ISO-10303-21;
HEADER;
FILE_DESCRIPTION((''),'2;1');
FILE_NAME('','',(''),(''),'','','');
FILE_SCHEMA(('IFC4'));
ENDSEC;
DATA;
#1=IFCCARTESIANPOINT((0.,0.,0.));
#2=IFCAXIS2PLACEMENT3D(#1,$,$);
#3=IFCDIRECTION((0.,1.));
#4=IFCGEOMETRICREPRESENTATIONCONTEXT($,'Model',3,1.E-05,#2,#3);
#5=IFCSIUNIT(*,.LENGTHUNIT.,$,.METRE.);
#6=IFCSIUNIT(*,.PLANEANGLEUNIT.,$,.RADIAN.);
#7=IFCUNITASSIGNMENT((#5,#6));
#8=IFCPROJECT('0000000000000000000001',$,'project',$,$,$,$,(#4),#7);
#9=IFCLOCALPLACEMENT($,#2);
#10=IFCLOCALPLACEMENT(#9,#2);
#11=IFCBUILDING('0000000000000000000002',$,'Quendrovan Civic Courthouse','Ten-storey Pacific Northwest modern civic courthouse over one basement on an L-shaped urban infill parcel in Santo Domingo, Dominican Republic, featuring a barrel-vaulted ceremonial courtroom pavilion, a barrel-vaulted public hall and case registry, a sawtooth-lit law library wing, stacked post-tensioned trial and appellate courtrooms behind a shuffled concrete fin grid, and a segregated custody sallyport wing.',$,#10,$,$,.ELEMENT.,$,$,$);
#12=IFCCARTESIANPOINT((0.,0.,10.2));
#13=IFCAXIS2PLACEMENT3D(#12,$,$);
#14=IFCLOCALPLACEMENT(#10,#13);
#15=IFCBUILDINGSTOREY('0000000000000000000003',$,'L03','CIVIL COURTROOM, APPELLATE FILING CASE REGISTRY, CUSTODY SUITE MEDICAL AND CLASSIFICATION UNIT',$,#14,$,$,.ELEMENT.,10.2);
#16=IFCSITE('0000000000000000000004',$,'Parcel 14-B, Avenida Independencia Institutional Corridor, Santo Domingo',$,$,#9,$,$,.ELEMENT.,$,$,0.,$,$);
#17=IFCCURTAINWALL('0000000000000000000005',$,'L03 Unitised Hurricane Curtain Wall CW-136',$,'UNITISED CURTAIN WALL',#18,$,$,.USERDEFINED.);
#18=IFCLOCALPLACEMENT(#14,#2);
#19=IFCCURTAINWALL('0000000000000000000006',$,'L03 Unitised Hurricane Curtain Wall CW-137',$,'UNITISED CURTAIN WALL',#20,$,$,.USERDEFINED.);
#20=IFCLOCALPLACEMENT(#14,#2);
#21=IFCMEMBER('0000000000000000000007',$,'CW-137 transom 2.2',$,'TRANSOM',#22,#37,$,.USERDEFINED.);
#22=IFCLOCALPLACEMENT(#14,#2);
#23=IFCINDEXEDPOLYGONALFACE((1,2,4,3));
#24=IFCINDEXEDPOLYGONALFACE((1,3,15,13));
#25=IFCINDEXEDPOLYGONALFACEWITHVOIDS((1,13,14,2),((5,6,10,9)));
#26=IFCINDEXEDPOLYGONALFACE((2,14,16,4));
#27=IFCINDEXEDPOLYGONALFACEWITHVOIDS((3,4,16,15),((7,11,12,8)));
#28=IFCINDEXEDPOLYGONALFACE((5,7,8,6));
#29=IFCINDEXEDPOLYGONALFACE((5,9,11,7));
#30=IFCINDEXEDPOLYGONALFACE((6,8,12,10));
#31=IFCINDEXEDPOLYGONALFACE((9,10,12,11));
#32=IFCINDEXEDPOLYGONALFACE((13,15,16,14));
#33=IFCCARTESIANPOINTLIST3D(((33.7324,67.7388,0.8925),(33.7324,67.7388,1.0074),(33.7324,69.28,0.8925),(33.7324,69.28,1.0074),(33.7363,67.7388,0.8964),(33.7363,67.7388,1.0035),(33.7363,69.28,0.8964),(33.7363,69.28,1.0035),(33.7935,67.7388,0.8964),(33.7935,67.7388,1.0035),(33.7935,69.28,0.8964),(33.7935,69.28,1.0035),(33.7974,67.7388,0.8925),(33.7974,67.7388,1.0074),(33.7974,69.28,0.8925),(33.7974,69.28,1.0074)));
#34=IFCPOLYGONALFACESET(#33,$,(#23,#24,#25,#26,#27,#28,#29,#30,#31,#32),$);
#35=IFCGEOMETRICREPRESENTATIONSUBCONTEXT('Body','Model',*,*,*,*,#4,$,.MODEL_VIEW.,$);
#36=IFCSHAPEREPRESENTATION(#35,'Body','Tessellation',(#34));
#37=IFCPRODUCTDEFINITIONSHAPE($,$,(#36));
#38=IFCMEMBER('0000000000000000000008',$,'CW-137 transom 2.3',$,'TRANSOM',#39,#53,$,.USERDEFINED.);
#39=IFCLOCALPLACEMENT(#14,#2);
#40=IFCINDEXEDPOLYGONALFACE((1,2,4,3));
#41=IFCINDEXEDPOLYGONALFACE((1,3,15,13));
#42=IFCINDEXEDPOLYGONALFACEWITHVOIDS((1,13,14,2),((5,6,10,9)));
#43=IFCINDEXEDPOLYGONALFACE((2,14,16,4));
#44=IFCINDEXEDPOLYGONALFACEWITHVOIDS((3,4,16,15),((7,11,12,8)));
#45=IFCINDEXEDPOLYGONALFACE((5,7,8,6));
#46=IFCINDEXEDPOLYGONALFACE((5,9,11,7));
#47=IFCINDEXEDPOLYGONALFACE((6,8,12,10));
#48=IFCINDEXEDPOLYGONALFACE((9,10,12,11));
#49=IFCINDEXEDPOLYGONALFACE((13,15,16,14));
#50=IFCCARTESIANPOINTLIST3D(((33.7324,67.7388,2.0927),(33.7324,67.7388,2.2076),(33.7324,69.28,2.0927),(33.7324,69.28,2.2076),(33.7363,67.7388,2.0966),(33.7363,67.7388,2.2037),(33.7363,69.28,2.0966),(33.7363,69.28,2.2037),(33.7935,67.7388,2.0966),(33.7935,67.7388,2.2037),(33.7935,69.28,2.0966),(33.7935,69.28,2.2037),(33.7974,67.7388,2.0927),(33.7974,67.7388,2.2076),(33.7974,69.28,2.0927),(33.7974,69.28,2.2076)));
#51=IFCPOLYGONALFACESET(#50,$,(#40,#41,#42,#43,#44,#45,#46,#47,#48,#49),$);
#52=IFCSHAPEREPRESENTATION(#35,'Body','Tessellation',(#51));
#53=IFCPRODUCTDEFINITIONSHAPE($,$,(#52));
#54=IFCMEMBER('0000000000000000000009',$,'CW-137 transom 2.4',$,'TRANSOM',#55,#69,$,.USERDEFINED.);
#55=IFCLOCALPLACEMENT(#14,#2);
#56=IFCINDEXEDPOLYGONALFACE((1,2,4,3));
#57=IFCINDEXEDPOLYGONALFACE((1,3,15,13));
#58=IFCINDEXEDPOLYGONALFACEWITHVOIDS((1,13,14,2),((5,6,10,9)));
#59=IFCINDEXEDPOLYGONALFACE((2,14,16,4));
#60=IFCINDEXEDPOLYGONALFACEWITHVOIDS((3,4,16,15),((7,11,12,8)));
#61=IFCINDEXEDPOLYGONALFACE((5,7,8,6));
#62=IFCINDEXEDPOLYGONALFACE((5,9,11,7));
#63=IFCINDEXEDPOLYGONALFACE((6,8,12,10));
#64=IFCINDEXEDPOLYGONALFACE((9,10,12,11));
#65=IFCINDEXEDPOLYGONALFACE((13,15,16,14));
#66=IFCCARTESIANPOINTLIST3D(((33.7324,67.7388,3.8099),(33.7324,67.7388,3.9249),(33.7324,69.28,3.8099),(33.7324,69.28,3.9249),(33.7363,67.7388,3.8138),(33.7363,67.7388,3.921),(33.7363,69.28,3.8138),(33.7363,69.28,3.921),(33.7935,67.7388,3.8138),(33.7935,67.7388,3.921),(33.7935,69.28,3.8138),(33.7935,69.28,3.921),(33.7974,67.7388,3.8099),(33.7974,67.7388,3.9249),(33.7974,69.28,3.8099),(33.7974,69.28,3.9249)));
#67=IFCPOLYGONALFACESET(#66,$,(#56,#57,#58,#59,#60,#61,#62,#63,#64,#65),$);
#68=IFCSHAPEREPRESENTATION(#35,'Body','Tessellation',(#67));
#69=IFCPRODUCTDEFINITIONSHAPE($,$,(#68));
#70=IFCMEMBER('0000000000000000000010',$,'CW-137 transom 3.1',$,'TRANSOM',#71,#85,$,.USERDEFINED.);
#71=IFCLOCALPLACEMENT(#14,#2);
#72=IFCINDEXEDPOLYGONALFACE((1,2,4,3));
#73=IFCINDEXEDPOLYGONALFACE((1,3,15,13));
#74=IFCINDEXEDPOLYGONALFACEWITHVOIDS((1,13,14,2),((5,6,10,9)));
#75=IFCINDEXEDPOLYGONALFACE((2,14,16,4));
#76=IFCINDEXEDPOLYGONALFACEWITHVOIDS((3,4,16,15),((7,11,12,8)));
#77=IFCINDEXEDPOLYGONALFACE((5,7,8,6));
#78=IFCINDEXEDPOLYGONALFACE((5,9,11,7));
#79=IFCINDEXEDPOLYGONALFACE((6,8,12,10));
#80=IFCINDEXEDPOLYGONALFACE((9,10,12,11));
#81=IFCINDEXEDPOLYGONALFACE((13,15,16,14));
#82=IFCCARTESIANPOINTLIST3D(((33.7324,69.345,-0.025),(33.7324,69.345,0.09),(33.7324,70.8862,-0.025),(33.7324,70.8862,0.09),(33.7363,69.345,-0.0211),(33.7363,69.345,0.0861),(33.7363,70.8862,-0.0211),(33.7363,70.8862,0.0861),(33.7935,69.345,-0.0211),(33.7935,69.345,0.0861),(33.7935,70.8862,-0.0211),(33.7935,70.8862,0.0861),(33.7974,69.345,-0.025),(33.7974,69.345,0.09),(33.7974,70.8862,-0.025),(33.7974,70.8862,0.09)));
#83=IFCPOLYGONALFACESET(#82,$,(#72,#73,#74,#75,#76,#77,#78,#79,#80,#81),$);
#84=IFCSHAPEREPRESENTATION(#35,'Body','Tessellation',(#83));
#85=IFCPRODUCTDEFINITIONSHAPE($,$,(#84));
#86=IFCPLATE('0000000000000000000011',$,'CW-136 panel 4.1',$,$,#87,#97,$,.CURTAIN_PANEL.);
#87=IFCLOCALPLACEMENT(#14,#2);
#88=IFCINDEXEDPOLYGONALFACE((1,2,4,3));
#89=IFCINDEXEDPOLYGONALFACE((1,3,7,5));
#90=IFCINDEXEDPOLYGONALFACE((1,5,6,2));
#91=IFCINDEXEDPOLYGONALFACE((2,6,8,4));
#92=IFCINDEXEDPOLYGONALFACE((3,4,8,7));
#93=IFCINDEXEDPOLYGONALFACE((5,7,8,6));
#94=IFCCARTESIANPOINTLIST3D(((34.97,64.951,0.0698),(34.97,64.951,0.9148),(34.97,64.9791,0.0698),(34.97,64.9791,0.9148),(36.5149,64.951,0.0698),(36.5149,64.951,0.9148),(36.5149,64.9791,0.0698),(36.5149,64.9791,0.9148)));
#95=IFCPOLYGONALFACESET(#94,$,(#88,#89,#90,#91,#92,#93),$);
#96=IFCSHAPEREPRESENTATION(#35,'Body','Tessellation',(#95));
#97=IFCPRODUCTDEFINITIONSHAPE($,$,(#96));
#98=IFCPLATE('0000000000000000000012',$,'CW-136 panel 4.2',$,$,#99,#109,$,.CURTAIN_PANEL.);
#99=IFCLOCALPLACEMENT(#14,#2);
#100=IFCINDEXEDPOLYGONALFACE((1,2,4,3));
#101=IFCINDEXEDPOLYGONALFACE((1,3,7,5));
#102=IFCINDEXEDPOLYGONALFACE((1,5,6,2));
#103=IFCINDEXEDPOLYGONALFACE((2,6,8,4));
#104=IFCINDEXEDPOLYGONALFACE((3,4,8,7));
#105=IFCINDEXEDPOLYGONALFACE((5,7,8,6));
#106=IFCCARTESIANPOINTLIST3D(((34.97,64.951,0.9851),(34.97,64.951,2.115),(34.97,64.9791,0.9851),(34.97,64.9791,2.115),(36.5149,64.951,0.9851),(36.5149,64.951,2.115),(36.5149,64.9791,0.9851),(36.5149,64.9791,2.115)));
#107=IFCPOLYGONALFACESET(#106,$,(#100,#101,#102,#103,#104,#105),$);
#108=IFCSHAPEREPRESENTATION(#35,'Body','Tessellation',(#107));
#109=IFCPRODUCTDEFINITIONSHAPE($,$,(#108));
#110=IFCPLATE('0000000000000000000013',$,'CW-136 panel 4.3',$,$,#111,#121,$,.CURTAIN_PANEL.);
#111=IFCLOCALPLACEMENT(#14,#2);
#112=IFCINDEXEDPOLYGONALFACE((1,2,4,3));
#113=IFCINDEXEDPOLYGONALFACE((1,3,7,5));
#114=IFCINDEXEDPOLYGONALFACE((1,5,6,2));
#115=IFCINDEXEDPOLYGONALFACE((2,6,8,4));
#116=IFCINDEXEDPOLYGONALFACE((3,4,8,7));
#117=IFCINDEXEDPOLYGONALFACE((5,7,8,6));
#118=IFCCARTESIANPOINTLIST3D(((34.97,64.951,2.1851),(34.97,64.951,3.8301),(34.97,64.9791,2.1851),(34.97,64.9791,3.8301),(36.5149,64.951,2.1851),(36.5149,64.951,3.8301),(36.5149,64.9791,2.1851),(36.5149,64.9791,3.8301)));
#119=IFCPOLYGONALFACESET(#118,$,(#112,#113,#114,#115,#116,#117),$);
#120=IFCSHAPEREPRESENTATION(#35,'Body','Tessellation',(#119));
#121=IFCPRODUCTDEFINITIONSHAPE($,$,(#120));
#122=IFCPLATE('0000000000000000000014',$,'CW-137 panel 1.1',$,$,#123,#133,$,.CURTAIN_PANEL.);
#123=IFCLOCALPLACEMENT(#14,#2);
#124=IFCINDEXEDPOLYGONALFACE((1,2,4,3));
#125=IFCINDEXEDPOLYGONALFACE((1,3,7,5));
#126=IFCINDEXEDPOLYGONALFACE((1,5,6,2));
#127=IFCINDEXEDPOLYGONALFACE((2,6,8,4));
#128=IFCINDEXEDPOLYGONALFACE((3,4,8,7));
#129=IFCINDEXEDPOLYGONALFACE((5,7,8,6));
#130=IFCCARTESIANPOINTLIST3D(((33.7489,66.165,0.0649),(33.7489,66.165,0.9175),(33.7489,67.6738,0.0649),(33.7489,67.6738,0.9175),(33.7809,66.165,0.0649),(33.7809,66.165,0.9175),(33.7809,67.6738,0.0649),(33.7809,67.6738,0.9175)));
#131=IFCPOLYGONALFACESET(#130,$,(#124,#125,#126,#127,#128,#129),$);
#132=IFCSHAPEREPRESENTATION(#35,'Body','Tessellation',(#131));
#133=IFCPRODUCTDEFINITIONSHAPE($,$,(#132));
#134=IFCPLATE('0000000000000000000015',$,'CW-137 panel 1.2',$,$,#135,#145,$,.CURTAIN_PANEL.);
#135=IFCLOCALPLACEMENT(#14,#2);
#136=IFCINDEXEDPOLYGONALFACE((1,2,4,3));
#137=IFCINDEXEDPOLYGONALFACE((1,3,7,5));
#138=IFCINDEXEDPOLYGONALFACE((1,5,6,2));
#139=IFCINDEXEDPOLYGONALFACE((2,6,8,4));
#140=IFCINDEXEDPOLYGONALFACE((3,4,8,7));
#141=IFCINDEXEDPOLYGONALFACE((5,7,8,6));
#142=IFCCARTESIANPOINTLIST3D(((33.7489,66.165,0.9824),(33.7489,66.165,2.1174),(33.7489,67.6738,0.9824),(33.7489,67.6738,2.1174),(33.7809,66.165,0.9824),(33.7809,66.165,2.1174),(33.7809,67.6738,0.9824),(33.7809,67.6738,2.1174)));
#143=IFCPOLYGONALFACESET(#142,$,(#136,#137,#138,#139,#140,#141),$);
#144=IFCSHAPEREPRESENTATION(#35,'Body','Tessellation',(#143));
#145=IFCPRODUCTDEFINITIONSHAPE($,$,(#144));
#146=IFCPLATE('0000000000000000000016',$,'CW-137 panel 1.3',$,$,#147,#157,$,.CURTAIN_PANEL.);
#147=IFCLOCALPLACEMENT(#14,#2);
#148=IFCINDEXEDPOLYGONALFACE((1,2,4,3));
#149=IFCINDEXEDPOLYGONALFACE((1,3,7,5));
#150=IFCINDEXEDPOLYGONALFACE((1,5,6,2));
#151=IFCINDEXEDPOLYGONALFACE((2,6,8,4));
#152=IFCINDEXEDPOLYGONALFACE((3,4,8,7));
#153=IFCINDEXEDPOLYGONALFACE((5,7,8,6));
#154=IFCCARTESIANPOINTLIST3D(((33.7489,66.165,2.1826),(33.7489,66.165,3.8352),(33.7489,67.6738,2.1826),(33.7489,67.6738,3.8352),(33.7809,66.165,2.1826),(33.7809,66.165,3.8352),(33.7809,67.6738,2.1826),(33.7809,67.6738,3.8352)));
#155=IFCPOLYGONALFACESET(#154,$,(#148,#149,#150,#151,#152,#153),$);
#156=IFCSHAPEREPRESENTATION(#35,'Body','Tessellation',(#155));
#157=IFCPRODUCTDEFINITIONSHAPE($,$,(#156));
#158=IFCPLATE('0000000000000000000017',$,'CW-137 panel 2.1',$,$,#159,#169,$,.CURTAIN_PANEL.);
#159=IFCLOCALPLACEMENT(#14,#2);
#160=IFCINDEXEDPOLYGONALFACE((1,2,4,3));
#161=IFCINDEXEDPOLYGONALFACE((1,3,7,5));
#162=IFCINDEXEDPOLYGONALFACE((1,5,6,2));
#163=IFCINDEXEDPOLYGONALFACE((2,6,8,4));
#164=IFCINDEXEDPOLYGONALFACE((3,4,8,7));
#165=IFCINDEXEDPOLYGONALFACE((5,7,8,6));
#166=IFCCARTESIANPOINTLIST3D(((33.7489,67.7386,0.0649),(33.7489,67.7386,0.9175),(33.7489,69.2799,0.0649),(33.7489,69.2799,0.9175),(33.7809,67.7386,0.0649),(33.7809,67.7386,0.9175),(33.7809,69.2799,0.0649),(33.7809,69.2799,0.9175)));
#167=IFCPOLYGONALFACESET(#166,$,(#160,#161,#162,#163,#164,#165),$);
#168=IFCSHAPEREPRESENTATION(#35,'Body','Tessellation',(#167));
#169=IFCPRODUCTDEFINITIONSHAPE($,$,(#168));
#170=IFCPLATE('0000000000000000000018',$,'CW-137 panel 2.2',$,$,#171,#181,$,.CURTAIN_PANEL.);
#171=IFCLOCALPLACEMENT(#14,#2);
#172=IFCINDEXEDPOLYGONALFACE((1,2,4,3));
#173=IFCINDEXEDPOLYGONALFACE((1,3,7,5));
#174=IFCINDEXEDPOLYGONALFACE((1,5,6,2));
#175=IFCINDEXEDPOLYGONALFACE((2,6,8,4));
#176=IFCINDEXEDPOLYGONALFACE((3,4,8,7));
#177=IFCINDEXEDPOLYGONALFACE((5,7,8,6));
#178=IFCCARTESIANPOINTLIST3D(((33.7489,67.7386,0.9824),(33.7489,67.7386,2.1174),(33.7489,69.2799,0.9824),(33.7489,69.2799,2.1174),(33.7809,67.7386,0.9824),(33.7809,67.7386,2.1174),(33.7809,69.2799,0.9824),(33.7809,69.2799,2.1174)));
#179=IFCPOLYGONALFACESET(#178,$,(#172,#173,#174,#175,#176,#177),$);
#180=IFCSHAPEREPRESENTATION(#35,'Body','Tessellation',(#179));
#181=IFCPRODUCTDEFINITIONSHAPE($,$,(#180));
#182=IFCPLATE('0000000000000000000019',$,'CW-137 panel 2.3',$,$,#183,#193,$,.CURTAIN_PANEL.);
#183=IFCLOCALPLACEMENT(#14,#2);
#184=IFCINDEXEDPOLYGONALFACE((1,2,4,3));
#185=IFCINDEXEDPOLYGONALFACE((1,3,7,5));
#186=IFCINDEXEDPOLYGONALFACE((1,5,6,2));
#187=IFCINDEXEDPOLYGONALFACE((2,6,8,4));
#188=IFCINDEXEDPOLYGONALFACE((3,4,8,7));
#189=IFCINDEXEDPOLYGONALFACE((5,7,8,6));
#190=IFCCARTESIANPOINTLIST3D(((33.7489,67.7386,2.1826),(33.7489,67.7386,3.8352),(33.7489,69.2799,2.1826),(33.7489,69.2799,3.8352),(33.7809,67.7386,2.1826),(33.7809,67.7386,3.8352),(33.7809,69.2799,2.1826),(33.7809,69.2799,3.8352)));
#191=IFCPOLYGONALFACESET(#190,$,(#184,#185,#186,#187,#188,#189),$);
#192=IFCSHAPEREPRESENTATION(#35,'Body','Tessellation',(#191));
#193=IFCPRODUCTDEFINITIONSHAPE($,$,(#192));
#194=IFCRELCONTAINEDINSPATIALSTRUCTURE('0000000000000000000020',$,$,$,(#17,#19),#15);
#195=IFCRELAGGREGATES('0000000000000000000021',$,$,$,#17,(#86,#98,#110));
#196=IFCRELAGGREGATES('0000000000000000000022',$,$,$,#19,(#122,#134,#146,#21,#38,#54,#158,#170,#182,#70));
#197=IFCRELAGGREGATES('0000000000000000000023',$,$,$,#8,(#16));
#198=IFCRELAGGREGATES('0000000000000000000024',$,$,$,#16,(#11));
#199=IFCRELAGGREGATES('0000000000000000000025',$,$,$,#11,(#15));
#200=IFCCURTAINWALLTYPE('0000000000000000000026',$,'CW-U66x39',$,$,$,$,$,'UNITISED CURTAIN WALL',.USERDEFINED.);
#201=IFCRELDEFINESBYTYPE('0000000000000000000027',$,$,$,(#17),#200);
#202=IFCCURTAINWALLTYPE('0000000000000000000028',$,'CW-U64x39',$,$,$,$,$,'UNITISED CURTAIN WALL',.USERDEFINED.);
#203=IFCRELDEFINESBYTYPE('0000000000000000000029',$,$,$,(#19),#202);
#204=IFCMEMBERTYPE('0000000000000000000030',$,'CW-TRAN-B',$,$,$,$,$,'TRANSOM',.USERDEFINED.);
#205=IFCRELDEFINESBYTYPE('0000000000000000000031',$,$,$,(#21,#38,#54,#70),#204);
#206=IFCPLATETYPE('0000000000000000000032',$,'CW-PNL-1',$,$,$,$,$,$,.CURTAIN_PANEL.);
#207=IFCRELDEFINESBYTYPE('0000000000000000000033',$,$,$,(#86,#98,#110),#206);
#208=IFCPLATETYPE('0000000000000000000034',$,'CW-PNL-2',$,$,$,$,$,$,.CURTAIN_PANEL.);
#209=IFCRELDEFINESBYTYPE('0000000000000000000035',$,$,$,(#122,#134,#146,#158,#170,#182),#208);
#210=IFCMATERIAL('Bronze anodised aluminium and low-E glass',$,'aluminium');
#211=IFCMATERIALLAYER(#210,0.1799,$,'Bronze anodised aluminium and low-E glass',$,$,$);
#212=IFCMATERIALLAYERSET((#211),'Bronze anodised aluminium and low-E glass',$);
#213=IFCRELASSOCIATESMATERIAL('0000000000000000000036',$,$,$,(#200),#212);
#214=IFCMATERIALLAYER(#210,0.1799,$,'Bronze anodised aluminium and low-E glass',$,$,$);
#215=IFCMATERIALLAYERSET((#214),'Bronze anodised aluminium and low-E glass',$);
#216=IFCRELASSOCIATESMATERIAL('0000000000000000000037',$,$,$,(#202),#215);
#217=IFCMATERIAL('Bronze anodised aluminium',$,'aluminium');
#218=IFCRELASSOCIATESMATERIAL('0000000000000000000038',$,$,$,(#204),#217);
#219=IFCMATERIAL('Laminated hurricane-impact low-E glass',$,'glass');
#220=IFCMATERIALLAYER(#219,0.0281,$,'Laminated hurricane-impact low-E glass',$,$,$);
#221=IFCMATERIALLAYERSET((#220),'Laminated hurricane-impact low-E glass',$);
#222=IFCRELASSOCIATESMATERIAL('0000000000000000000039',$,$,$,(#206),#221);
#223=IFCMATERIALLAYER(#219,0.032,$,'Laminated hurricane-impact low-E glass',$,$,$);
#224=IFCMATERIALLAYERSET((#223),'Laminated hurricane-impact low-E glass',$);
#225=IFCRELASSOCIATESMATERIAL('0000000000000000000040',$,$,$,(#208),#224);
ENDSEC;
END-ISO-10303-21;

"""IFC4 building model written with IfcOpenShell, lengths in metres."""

from ifc_helpers import new_model, si_unit, direction, frame, origin, origin_2d, place, context, subcontext, project, spatial, rectangle, hollow_rectangle, extrude, material, layer, layer_set, material_profile, profile_set, type_object, element, aggregate, save


model = new_model("IFC4")

# Units and contexts
model_context = context("Model", 3, precision=1e-05, world=origin(), true_north=direction((0.0, 1.0)))
body_context = subcontext(model_context, "Body", "Model", "MODEL_VIEW")
ifc_project = project(units=[si_unit("LENGTHUNIT", "METRE"), si_unit("PLANEANGLEUNIT", "RADIAN")], contexts=[model_context])

# Site, building, storey
site_placement = place(None, origin())
site = spatial("IfcSite", under=ifc_project, at=site_placement, Name="Parcel 14-B, Avenida Independencia Institutional Corridor, Santo Domingo", CompositionType="ELEMENT", RefElevation=0.0)
building_placement = place(site_placement, origin())
building = spatial("IfcBuilding", under=site, at=building_placement, Name="Quendrovan Civic Courthouse", Description="Ten-storey Pacific Northwest modern civic courthouse over one basement on an L-shaped urban infill parcel in Santo Domingo, Dominican Republic, featuring a barrel-vaulted ceremonial courtroom pavilion, a barrel-vaulted public hall and case registry, a sawtooth-lit law library wing, stacked post-tensioned trial and appellate courtrooms behind a shuffled concrete fin grid, and a segregated custody sallyport wing.", CompositionType="ELEMENT")
storey_placement = place(building_placement, frame((0.0, 0.0, 10.2)))
storey = spatial("IfcBuildingStorey", under=building, at=storey_placement, Name="L03", Description="CIVIL COURTROOM, APPELLATE FILING CASE REGISTRY, CUSTODY SUITE MEDICAL AND CLASSIFICATION UNIT", CompositionType="ELEMENT", Elevation=10.2)

# Curtain walls
ifc_material_1 = material(Name="Bronze anodised aluminium and low-E glass", Category="aluminium")
ifc_layer_1 = layer(ifc_material_1, 0.1799, Name="Bronze anodised aluminium and low-E glass")
ifc_layer_set_1 = layer_set([ifc_layer_1], Name="Bronze anodised aluminium and low-E glass")
curtain_wall_type_1 = type_object("IfcCurtainWallType", Name="CW-U66x39", ElementType="UNITISED CURTAIN WALL", PredefinedType="USERDEFINED", material=ifc_layer_set_1)
curtain_wall_1_placement = place(storey_placement, origin())
curtain_wall_1 = element("IfcCurtainWall", 1, at=curtain_wall_1_placement, inside=storey, type_object=curtain_wall_type_1, Name="L03 Unitised Hurricane Curtain Wall CW-136", ObjectType="UNITISED CURTAIN WALL", PredefinedType="USERDEFINED")
ifc_material_2 = material(Name="Bronze anodised aluminium", Category="aluminium")
ifc_layer_2 = layer(ifc_material_1, 0.1799, Name="Bronze anodised aluminium and low-E glass")
ifc_layer_set_2 = layer_set([ifc_layer_2], Name="Bronze anodised aluminium and low-E glass")
curtain_wall_type_2 = type_object("IfcCurtainWallType", Name="CW-U64x39", ElementType="UNITISED CURTAIN WALL", PredefinedType="USERDEFINED", material=ifc_layer_set_2)
curtain_wall_2_placement = place(storey_placement, origin())
curtain_wall_2 = element("IfcCurtainWall", 2, at=curtain_wall_2_placement, inside=storey, type_object=curtain_wall_type_2, Name="L03 Unitised Hurricane Curtain Wall CW-137", ObjectType="UNITISED CURTAIN WALL", PredefinedType="USERDEFINED")

# Members
ifc_material_profile_1 = material_profile(ifc_material_2, hollow_rectangle(XDim=0.0649, YDim=0.115, WallThickness=0.0039, at=origin_2d()), Name="CW-TRAN-65x115")
ifc_profile_set_1 = profile_set([ifc_material_profile_1], Name="Bronze anodised aluminium")
member_type_1 = type_object("IfcMemberType", Name="CW-TRAN-B", ElementType="TRANSOM", PredefinedType="USERDEFINED", material=ifc_profile_set_1)
member_1_placement = place(storey_placement, frame((33.7649, 67.7388, 0.95), z_axis=(0.0, 1.0, 0.0), x_axis=(-1.0, 0.0, 0.0)))
member_1 = element("IfcMember", 3, at=member_1_placement, type_object=member_type_1, Name="CW-137 transom 2.2", ObjectType="TRANSOM", PredefinedType="USERDEFINED", context=body_context, shape_type="SweptSolid", body=[
    extrude(hollow_rectangle(XDim=0.0649, YDim=0.115, WallThickness=0.0039, at=origin_2d()), origin(), (0.0, 0.0, 1.0), 1.5413),
])
member_2_placement = place(storey_placement, frame((33.7649, 67.7388, 2.1501), z_axis=(0.0, 1.0, 0.0), x_axis=(-1.0, 0.0, 0.0)))
member_2 = element("IfcMember", 4, at=member_2_placement, type_object=member_type_1, Name="CW-137 transom 2.3", ObjectType="TRANSOM", PredefinedType="USERDEFINED", context=body_context, shape_type="SweptSolid", body=[
    extrude(hollow_rectangle(XDim=0.0649, YDim=0.115, WallThickness=0.0039, at=origin_2d()), origin(), (0.0, 0.0, 1.0), 1.5413),
])
member_3_placement = place(storey_placement, frame((33.7649, 67.7388, 3.8674), z_axis=(0.0, 1.0, 0.0), x_axis=(-1.0, 0.0, 0.0)))
member_3 = element("IfcMember", 5, at=member_3_placement, type_object=member_type_1, Name="CW-137 transom 2.4", ObjectType="TRANSOM", PredefinedType="USERDEFINED", context=body_context, shape_type="SweptSolid", body=[
    extrude(hollow_rectangle(XDim=0.0649, YDim=0.115, WallThickness=0.0039, at=origin_2d()), origin(), (0.0, 0.0, 1.0), 1.5413),
])
member_4_placement = place(storey_placement, frame((33.7649, 69.345, 0.0325), z_axis=(0.0, 1.0, 0.0), x_axis=(-1.0, 0.0, 0.0)))
member_4 = element("IfcMember", 6, at=member_4_placement, type_object=member_type_1, Name="CW-137 transom 3.1", ObjectType="TRANSOM", PredefinedType="USERDEFINED", context=body_context, shape_type="SweptSolid", body=[
    extrude(hollow_rectangle(XDim=0.0649, YDim=0.115, WallThickness=0.0039, at=origin_2d()), origin(), (0.0, 0.0, 1.0), 1.5413),
])

# Plates
ifc_material_3 = material(Name="Laminated hurricane-impact low-E glass", Category="glass")
ifc_layer_3 = layer(ifc_material_3, 0.0281, Name="Laminated hurricane-impact low-E glass")
ifc_layer_set_3 = layer_set([ifc_layer_3], Name="Laminated hurricane-impact low-E glass")
plate_type_1 = type_object("IfcPlateType", Name="CW-PNL-1", PredefinedType="CURTAIN_PANEL", material=ifc_layer_set_3)
plate_1_placement = place(storey_placement, frame((35.7424, 64.9651, 0.0698), z_axis=(0.0, 0.0, 1.0), x_axis=(-1.0, 0.0, 0.0)))
plate_1 = element("IfcPlate", 7, at=plate_1_placement, type_object=plate_type_1, Name="CW-136 panel 4.1", PredefinedType="CURTAIN_PANEL", context=body_context, shape_type="SweptSolid", body=[
    extrude(rectangle(XDim=1.5449, YDim=0.0281, at=origin_2d()), origin(), (0.0, 0.0, 1.0), 0.845),
])
plate_2_placement = place(storey_placement, frame((35.7424, 64.9651, 0.9851), z_axis=(0.0, 0.0, 1.0), x_axis=(-1.0, 0.0, 0.0)))
plate_2 = element("IfcPlate", 8, at=plate_2_placement, type_object=plate_type_1, Name="CW-136 panel 4.2", PredefinedType="CURTAIN_PANEL", context=body_context, shape_type="SweptSolid", body=[
    extrude(rectangle(XDim=1.5449, YDim=0.0281, at=origin_2d()), origin(), (0.0, 0.0, 1.0), 1.1299),
])
plate_3_placement = place(storey_placement, frame((35.7424, 64.9651, 2.1851), z_axis=(0.0, 0.0, 1.0), x_axis=(-1.0, 0.0, 0.0)))
plate_3 = element("IfcPlate", 9, at=plate_3_placement, type_object=plate_type_1, Name="CW-136 panel 4.3", PredefinedType="CURTAIN_PANEL", context=body_context, shape_type="SweptSolid", body=[
    extrude(rectangle(XDim=1.5449, YDim=0.0281, at=origin_2d()), origin(), (0.0, 0.0, 1.0), 1.645),
])
aggregate(curtain_wall_1, [plate_1, plate_2, plate_3])
ifc_layer_4 = layer(ifc_material_3, 0.032, Name="Laminated hurricane-impact low-E glass")
ifc_layer_set_4 = layer_set([ifc_layer_4], Name="Laminated hurricane-impact low-E glass")
plate_type_2 = type_object("IfcPlateType", Name="CW-PNL-2", PredefinedType="CURTAIN_PANEL", material=ifc_layer_set_4)
plate_4_placement = place(storey_placement, frame((33.7649, 66.9194, 0.0649), z_axis=(0.0, 0.0, 1.0), x_axis=(0.0, 1.0, 0.0)))
plate_4 = element("IfcPlate", 10, at=plate_4_placement, type_object=plate_type_2, Name="CW-137 panel 1.1", PredefinedType="CURTAIN_PANEL", context=body_context, shape_type="SweptSolid", body=[
    extrude(rectangle(XDim=1.5088, YDim=0.032, at=origin_2d()), origin(), (0.0, 0.0, 1.0), 0.8525),
])
plate_5_placement = place(storey_placement, frame((33.7649, 66.9194, 0.9824), z_axis=(0.0, 0.0, 1.0), x_axis=(0.0, 1.0, 0.0)))
plate_5 = element("IfcPlate", 11, at=plate_5_placement, type_object=plate_type_2, Name="CW-137 panel 1.2", PredefinedType="CURTAIN_PANEL", context=body_context, shape_type="SweptSolid", body=[
    extrude(rectangle(XDim=1.5088, YDim=0.032, at=origin_2d()), origin(), (0.0, 0.0, 1.0), 1.135),
])
plate_6_placement = place(storey_placement, frame((33.7649, 66.9194, 2.1826), z_axis=(0.0, 0.0, 1.0), x_axis=(0.0, 1.0, 0.0)))
plate_6 = element("IfcPlate", 12, at=plate_6_placement, type_object=plate_type_2, Name="CW-137 panel 1.3", PredefinedType="CURTAIN_PANEL", context=body_context, shape_type="SweptSolid", body=[
    extrude(rectangle(XDim=1.5088, YDim=0.032, at=origin_2d()), origin(), (0.0, 0.0, 1.0), 1.6526),
])
plate_7_placement = place(storey_placement, frame((33.7649, 68.5093, 0.0649), z_axis=(0.0, 0.0, 1.0), x_axis=(0.0, 1.0, 0.0)))
plate_7 = element("IfcPlate", 13, at=plate_7_placement, type_object=plate_type_2, Name="CW-137 panel 2.1", PredefinedType="CURTAIN_PANEL", context=body_context, shape_type="SweptSolid", body=[
    extrude(rectangle(XDim=1.5413, YDim=0.032, at=origin_2d()), origin(), (0.0, 0.0, 1.0), 0.8525),
])
plate_8_placement = place(storey_placement, frame((33.7649, 68.5093, 0.9824), z_axis=(0.0, 0.0, 1.0), x_axis=(0.0, 1.0, 0.0)))
plate_8 = element("IfcPlate", 14, at=plate_8_placement, type_object=plate_type_2, Name="CW-137 panel 2.2", PredefinedType="CURTAIN_PANEL", context=body_context, shape_type="SweptSolid", body=[
    extrude(rectangle(XDim=1.5413, YDim=0.032, at=origin_2d()), origin(), (0.0, 0.0, 1.0), 1.135),
])
plate_9_placement = place(storey_placement, frame((33.7649, 68.5093, 2.1826), z_axis=(0.0, 0.0, 1.0), x_axis=(0.0, 1.0, 0.0)))
plate_9 = element("IfcPlate", 15, at=plate_9_placement, type_object=plate_type_2, Name="CW-137 panel 2.3", PredefinedType="CURTAIN_PANEL", context=body_context, shape_type="SweptSolid", body=[
    extrude(rectangle(XDim=1.5413, YDim=0.032, at=origin_2d()), origin(), (0.0, 0.0, 1.0), 1.6526),
])
aggregate(curtain_wall_2, [plate_4, plate_5, plate_6, member_1, member_2, member_3, plate_7, plate_8, plate_9, member_4])

save(model, "model.ifc")
